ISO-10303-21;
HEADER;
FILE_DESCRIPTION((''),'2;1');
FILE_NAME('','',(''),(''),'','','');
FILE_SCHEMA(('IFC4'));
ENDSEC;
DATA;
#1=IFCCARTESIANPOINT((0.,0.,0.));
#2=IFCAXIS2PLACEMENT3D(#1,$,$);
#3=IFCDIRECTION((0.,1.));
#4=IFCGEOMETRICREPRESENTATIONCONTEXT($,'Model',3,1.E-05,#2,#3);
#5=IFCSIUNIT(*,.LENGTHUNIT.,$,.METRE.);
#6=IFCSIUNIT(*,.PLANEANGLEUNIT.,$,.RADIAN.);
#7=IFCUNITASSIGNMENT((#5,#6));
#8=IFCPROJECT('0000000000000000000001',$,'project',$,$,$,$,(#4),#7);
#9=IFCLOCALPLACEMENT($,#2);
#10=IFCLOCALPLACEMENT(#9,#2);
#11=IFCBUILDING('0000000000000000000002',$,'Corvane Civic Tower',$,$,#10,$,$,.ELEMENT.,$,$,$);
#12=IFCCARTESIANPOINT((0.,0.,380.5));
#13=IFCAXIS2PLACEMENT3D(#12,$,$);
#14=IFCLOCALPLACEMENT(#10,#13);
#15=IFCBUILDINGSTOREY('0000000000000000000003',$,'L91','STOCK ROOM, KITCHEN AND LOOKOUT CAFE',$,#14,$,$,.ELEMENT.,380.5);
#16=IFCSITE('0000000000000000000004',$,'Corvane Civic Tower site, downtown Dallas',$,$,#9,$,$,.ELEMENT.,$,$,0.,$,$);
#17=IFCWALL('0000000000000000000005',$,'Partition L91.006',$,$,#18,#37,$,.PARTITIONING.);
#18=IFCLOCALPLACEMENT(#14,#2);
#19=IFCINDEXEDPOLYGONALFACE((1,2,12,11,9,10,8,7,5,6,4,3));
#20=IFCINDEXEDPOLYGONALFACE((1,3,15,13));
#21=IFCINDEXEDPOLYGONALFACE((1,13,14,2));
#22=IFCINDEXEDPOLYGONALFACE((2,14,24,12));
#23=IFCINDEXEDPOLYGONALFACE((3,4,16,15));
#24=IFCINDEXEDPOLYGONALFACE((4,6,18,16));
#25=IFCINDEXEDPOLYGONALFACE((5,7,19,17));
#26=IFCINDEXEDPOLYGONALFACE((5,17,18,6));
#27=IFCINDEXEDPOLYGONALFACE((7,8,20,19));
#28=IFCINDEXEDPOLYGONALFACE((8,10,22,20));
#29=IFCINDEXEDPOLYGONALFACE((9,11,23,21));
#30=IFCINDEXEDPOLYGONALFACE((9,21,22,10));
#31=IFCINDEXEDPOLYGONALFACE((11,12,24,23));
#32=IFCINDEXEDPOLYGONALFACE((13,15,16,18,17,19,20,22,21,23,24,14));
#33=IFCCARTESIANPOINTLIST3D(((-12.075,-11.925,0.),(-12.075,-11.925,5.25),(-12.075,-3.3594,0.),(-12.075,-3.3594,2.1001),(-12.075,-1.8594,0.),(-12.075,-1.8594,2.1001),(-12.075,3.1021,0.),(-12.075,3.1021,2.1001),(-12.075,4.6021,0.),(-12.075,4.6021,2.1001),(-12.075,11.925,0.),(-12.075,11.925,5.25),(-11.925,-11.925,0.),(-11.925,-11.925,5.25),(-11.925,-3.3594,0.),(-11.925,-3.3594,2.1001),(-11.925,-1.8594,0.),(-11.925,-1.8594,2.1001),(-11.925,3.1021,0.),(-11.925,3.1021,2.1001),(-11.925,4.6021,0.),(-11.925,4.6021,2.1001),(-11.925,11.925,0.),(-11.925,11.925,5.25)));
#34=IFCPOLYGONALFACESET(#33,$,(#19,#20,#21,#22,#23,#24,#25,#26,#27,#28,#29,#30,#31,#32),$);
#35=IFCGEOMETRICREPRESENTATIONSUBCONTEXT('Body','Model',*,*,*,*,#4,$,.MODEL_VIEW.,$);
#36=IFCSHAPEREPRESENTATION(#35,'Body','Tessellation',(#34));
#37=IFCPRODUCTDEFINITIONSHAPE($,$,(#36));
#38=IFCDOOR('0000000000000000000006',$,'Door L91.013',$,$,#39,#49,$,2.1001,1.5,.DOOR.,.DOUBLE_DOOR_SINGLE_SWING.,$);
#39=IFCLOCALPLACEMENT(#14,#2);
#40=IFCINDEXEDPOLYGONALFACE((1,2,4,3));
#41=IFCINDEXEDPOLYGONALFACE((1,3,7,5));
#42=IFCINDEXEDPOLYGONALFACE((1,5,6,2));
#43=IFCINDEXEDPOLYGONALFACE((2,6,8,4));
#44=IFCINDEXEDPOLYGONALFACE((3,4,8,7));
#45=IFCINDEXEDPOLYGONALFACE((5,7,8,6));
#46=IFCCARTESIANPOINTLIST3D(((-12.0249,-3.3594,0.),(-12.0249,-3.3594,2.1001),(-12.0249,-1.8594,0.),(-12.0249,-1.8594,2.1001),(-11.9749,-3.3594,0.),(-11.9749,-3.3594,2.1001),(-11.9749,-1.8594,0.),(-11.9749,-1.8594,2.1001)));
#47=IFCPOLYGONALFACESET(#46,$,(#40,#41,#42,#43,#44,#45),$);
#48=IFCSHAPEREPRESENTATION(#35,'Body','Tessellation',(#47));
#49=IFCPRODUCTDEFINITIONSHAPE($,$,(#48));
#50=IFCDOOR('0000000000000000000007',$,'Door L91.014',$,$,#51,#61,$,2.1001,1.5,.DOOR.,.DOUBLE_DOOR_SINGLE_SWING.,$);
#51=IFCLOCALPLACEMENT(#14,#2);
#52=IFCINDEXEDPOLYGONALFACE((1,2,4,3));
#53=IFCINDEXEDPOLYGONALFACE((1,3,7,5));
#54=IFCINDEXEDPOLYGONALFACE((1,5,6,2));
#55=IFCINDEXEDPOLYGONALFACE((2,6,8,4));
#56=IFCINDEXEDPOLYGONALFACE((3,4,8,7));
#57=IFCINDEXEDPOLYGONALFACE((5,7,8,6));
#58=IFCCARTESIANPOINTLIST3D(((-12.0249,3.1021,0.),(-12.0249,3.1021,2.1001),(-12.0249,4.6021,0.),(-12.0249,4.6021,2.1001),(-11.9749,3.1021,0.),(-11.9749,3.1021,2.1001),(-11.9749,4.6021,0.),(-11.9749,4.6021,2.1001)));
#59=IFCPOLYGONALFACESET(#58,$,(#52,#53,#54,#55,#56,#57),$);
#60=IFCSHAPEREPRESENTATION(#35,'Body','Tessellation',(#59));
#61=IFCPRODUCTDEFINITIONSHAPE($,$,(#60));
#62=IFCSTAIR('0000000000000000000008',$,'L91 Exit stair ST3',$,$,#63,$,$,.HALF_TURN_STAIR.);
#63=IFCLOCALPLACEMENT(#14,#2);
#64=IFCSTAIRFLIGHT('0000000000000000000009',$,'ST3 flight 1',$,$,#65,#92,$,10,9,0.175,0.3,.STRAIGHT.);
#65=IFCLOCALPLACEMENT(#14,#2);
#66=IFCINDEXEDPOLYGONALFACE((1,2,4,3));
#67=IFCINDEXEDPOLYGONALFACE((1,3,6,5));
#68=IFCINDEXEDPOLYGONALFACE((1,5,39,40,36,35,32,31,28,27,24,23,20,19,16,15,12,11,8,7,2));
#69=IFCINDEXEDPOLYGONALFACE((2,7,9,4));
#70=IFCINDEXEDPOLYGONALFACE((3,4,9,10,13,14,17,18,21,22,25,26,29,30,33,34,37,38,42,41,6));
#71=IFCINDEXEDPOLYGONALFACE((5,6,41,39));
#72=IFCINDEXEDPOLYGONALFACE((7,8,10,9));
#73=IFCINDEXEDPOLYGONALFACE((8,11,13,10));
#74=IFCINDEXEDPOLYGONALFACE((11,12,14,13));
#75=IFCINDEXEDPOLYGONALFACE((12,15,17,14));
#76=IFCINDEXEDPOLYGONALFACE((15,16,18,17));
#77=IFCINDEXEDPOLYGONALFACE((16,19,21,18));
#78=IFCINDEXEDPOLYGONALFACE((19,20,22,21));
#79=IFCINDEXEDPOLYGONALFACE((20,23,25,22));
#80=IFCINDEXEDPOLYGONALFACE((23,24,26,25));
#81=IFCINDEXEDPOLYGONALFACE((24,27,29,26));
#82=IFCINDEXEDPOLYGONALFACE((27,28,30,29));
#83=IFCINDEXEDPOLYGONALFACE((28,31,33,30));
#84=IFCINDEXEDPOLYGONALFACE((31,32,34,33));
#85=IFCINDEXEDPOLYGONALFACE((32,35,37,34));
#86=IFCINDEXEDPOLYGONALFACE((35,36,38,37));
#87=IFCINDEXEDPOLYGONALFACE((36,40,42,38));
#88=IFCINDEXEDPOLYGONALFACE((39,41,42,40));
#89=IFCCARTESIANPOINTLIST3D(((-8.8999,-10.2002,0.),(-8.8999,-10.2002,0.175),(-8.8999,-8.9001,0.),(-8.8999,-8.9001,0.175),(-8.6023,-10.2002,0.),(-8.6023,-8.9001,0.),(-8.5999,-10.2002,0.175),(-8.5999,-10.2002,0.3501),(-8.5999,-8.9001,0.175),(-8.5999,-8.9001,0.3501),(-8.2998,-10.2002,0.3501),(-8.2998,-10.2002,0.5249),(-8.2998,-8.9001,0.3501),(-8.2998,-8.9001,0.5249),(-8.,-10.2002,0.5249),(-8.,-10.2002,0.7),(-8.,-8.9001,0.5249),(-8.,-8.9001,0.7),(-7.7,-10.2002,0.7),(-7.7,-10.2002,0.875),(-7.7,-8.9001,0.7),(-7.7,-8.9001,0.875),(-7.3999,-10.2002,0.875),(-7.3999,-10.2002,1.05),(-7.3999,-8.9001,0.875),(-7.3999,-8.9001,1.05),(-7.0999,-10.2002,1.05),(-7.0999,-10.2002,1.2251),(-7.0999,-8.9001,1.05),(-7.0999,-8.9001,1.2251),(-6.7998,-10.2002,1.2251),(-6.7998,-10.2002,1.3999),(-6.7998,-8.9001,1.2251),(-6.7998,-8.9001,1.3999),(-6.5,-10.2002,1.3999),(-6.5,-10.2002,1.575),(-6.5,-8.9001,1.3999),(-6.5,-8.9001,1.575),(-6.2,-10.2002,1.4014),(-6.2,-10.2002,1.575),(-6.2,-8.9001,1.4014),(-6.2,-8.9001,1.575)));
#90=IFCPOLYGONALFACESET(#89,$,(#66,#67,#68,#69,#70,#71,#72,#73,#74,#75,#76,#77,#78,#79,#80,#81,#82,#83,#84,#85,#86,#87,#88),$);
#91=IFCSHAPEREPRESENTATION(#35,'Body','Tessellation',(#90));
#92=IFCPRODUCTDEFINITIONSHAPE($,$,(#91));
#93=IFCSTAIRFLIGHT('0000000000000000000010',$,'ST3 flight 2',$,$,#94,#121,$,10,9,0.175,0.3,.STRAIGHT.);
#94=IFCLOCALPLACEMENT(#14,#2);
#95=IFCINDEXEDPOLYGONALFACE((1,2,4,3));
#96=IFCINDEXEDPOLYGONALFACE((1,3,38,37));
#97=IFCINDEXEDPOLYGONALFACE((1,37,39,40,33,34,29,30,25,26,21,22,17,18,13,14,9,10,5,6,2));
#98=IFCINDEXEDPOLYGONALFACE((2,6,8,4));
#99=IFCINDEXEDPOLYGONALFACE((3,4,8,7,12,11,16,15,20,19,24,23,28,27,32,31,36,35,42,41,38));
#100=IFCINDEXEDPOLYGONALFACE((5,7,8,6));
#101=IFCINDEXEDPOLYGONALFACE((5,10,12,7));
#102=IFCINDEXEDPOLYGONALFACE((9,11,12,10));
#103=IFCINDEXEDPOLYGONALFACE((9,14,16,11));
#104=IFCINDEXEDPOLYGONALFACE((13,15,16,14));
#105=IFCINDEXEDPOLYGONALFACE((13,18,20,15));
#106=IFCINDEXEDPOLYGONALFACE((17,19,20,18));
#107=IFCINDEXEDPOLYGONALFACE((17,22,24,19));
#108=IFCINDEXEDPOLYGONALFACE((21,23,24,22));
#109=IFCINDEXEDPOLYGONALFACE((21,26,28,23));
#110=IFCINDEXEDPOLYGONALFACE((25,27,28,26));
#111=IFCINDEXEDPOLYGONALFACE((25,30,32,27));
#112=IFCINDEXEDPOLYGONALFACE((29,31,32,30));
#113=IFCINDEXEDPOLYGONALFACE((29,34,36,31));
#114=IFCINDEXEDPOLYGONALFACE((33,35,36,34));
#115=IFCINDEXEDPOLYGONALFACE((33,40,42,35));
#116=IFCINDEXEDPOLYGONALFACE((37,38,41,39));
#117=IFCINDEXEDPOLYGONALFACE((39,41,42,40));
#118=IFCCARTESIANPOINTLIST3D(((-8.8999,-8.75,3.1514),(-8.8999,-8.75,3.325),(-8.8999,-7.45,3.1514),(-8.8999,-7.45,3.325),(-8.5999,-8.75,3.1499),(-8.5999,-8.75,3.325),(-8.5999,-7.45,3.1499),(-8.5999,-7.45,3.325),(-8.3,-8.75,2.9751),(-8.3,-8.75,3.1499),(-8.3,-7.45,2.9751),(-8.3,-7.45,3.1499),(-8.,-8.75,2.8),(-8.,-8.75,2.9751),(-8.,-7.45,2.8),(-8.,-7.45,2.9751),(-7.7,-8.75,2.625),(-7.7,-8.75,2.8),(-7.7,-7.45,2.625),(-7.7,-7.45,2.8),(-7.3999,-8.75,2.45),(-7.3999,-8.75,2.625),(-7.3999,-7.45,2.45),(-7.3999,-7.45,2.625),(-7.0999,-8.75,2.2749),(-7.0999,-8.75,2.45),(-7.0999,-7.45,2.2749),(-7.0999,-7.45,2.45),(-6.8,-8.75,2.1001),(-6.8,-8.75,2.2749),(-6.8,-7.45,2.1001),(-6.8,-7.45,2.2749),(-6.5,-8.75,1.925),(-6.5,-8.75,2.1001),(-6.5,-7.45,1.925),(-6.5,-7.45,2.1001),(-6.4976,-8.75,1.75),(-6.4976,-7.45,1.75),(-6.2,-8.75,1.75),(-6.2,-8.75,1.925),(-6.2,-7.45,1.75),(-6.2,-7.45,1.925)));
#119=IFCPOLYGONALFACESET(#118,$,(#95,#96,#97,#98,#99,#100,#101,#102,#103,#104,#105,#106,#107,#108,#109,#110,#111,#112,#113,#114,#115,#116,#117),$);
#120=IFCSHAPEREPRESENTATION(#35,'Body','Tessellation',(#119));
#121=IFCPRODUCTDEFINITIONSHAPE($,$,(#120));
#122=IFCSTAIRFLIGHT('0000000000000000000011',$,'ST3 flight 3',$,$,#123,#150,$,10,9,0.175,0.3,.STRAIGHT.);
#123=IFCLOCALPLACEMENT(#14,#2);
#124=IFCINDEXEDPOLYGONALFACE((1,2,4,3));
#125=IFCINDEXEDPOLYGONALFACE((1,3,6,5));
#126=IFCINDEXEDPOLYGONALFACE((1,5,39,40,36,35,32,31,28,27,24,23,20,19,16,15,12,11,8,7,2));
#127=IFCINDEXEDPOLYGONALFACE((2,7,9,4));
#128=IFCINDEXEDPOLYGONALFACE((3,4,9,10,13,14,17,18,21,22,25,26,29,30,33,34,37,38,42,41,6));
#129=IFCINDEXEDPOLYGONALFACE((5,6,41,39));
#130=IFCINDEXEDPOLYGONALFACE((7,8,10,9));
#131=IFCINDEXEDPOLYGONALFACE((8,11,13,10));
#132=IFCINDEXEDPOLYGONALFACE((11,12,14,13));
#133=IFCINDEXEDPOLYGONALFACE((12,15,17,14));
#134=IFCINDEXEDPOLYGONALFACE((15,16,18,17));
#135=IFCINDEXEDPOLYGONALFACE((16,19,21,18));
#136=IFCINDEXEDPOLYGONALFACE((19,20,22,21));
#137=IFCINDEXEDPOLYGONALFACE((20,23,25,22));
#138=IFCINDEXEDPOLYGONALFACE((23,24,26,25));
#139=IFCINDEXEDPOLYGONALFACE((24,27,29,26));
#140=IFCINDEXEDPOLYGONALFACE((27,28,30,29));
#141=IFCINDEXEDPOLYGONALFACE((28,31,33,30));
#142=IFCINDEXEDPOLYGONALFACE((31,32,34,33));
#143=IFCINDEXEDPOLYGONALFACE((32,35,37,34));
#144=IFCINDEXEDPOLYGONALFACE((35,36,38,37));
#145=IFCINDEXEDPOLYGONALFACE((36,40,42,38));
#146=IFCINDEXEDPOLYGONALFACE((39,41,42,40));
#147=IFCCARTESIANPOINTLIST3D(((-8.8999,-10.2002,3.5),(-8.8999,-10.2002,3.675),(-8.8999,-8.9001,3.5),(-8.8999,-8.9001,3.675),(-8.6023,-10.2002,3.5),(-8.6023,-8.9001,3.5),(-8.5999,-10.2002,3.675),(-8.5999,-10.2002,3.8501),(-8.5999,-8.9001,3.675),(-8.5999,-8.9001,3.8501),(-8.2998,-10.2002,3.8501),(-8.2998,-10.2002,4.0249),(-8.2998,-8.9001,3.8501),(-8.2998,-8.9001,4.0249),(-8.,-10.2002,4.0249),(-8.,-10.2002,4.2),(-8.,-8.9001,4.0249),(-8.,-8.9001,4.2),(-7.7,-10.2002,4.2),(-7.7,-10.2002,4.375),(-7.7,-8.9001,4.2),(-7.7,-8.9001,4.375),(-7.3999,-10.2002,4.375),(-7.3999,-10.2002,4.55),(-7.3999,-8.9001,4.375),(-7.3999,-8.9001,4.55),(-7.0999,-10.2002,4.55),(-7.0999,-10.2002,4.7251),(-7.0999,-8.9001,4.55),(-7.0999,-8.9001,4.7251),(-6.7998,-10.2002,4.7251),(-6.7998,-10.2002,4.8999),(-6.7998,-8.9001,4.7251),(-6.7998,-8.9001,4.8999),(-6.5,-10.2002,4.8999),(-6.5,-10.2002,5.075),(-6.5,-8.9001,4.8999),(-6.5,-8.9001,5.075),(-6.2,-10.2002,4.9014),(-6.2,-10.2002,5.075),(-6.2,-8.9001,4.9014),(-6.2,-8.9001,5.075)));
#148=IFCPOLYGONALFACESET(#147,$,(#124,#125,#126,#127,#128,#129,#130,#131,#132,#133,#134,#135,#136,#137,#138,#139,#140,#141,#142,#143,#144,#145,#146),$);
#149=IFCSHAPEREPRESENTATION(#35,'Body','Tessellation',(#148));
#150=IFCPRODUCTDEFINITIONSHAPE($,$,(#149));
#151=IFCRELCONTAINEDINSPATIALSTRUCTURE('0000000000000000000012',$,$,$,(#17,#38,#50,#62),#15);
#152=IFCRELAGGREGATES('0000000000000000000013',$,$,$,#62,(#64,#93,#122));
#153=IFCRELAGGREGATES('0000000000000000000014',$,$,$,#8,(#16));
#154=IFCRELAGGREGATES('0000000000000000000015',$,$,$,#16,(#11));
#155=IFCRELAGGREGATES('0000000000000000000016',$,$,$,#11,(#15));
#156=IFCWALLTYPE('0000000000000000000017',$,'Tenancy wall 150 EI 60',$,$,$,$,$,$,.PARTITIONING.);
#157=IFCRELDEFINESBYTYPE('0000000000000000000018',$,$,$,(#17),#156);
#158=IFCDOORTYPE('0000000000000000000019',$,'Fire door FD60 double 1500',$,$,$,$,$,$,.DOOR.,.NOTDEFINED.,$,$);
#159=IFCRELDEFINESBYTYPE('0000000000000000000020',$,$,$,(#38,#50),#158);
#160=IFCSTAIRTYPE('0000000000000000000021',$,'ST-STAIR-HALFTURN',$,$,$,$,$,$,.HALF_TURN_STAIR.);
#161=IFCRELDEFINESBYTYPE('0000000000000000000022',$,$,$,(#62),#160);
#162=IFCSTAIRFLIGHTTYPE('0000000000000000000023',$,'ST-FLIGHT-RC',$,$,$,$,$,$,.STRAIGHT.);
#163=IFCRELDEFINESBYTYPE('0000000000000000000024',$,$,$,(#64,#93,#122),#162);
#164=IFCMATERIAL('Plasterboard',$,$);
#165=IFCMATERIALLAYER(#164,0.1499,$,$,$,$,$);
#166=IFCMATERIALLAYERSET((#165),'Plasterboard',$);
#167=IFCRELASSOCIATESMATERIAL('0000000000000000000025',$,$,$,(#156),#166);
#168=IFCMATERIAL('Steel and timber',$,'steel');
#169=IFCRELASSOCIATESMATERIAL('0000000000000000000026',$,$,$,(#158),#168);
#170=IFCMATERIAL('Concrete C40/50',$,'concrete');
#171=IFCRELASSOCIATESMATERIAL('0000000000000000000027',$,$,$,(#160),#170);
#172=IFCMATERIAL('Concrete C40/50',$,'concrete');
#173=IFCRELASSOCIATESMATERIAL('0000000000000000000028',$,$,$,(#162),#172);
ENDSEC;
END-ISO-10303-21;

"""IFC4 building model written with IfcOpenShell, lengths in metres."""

from ifc_helpers import new_model, si_unit, direction, frame, frame_2d, origin, place, context, subcontext, project, spatial, polyline, rectangle, outline, extrude, material, layer, layer_set, type_object, element, fill, aggregate, save


model = new_model("IFC4")

# Units and contexts
model_context = context("Model", 3, precision=1e-05, world=origin(), true_north=direction((0.0, 1.0)))
body_context = subcontext(model_context, "Body", "Model", "MODEL_VIEW")
ifc_project = project(units=[si_unit("LENGTHUNIT", "METRE"), si_unit("PLANEANGLEUNIT", "RADIAN")], contexts=[model_context])

# Site, building, storey
site_placement = place(None, origin())
site = spatial("IfcSite", under=ifc_project, at=site_placement, Name="Corvane Civic Tower site, downtown Dallas", CompositionType="ELEMENT", RefElevation=0.0)
building_placement = place(site_placement, origin())
building = spatial("IfcBuilding", under=site, at=building_placement, Name="Corvane Civic Tower", CompositionType="ELEMENT")
storey_placement = place(building_placement, frame((0.0, 0.0, 380.5)))
storey = spatial("IfcBuildingStorey", under=building, at=storey_placement, Name="L91", Description="STOCK ROOM, KITCHEN AND LOOKOUT CAFE", CompositionType="ELEMENT", Elevation=380.5)

# Wall, openings, doors
ifc_material_1 = material(Name="Plasterboard")
ifc_layer = layer(ifc_material_1, 0.1499)
ifc_layer_set = layer_set([ifc_layer], Name="Plasterboard")
wall_type = type_object("IfcWallType", Name="Tenancy wall 150 EI 60", PredefinedType="PARTITIONING", material=ifc_layer_set)
ifc_material_2 = material(Name="Steel and timber", Category="steel")
door_type_1 = type_object("IfcDoorType", Name="Fire door FD60 double 1500", OperationType="NOTDEFINED", PredefinedType="DOOR", material=ifc_material_2)
wall_1_placement = place(storey_placement, frame((-12.0, -11.925, 0.0), z_axis=(0.0, 0.0, 1.0), x_axis=(0.0, 1.0, 0.0)))
wall_1 = element("IfcWall", 1, at=wall_1_placement, inside=storey, type_object=wall_type, Name="Partition L91.006", PredefinedType="PARTITIONING", context=body_context, shape_type="SweptSolid", body=[
    extrude(rectangle(XDim=23.8501, YDim=0.1499, at=frame_2d((11.925, 0.0))), origin(), (0.0, 0.0, 1.0), 5.25),
])
opening_1_placement = place(wall_1_placement, frame((8.5657, 0.0, 0.0)))
opening_1 = element("IfcOpeningElement", 2, at=opening_1_placement, cuts=wall_1, PredefinedType="OPENING", context=body_context, shape_type="SweptSolid", body=[
    extrude(rectangle(XDim=1.5, YDim=2.1001, at=frame_2d((0.75, 1.05))), frame((0.0, 0.085, 0.0), z_axis=(0.0, -1.0, 0.0), x_axis=(1.0, 0.0, 0.0)), (0.0, 0.0, 1.0), 0.1699),
])
opening_2_placement = place(wall_1_placement, frame((15.0271, 0.0, 0.0)))
opening_2 = element("IfcOpeningElement", 3, at=opening_2_placement, cuts=wall_1, PredefinedType="OPENING", context=body_context, shape_type="SweptSolid", body=[
    extrude(rectangle(XDim=1.5, YDim=2.1001, at=frame_2d((0.75, 1.05))), frame((0.0, 0.085, 0.0), z_axis=(0.0, -1.0, 0.0), x_axis=(1.0, 0.0, 0.0)), (0.0, 0.0, 1.0), 0.1699),
])
door_1_placement = place(opening_1_placement, origin())
door_1 = element("IfcDoor", 4, at=door_1_placement, inside=storey, type_object=door_type_1, Name="Door L91.013", OperationType="DOUBLE_DOOR_SINGLE_SWING", OverallHeight=2.1001, OverallWidth=1.5, PredefinedType="DOOR", context=body_context, shape_type="SweptSolid", body=[
    extrude(rectangle(XDim=1.5, YDim=2.1001, at=frame_2d((0.75, 1.05))), frame((0.0, 0.0249, 0.0), z_axis=(0.0, -1.0, 0.0), x_axis=(1.0, 0.0, 0.0)), (0.0, 0.0, 1.0), 0.05),
])
fill(opening_1, door_1)
door_2_placement = place(opening_2_placement, origin())
door_2 = element("IfcDoor", 5, at=door_2_placement, inside=storey, type_object=door_type_1, Name="Door L91.014", OperationType="DOUBLE_DOOR_SINGLE_SWING", OverallHeight=2.1001, OverallWidth=1.5, PredefinedType="DOOR", context=body_context, shape_type="SweptSolid", body=[
    extrude(rectangle(XDim=1.5, YDim=2.1001, at=frame_2d((0.75, 1.05))), frame((0.0, 0.0249, 0.0), z_axis=(0.0, -1.0, 0.0), x_axis=(1.0, 0.0, 0.0)), (0.0, 0.0, 1.0), 0.05),
])
fill(opening_2, door_2)

# Stair, stair flights
ifc_material_3 = material(Name="Concrete C40/50", Category="concrete")
stair_type = type_object("IfcStairType", Name="ST-STAIR-HALFTURN", PredefinedType="HALF_TURN_STAIR", material=ifc_material_3)
stair_placement = place(storey_placement, origin())
stair = element("IfcStair", 6, at=stair_placement, inside=storey, type_object=stair_type, Name="L91 Exit stair ST3", PredefinedType="HALF_TURN_STAIR")
ifc_material_4 = material(Name="Concrete C40/50", Category="concrete")
stair_flight_type = type_object("IfcStairFlightType", Name="ST-FLIGHT-RC", PredefinedType="STRAIGHT", material=ifc_material_4)
stair_flight_1_placement = place(storey_placement, frame((-8.8999, -9.55, 0.0), z_axis=(0.0, 0.0, 1.0), x_axis=(1.0, 0.0, 0.0)))
stair_flight_1 = element("IfcStairFlight", 7, at=stair_flight_1_placement, type_object=stair_flight_type, Name="ST3 flight 1", NumberOfRisers=10, NumberOfTreads=9, PredefinedType="STRAIGHT", RiserHeight=0.175, TreadLength=0.3, context=body_context, shape_type="SweptSolid", body=[
    extrude(outline(polyline([(0.0, 0.0), (0.0, 0.175), (0.3, 0.175), (0.3, 0.3501), (0.6001, 0.3501), (0.6001, 0.5249), (0.8999, 0.5249), (0.8999, 0.7), (1.2, 0.7), (1.2, 0.875), (1.5, 0.875), (1.5, 1.05), (1.8, 1.05), (1.8, 1.2251), (2.1001, 1.2251), (2.1001, 1.3999), (2.3999, 1.3999), (2.3999, 1.575), (2.7, 1.575), (2.7, 1.75), (2.7, 1.4014), (0.2976, 0.0), (0.0, 0.0)])), frame((0.0, 0.6499, 0.0), z_axis=(0.0, -1.0, 0.0), x_axis=(1.0, 0.0, 0.0)), (0.0, 0.0, 1.0), 1.3),
])
stair_flight_2_placement = place(storey_placement, frame((-6.2, -8.1001, 1.75), z_axis=(0.0, 0.0, 1.0), x_axis=(-1.0, 0.0, 0.0)))
stair_flight_2 = element("IfcStairFlight", 8, at=stair_flight_2_placement, type_object=stair_flight_type, Name="ST3 flight 2", NumberOfRisers=10, NumberOfTreads=9, PredefinedType="STRAIGHT", RiserHeight=0.175, TreadLength=0.3, context=body_context, shape_type="SweptSolid", body=[
    extrude(outline(polyline([(0.0, 0.0), (0.0, 0.175), (0.3, 0.175), (0.3, 0.3501), (0.6001, 0.3501), (0.6001, 0.5249), (0.8999, 0.5249), (0.8999, 0.7), (1.2, 0.7), (1.2, 0.875), (1.5, 0.875), (1.5, 1.05), (1.8, 1.05), (1.8, 1.2251), (2.1001, 1.2251), (2.1001, 1.3999), (2.3999, 1.3999), (2.3999, 1.575), (2.7, 1.575), (2.7, 1.75), (2.7, 1.4014), (0.2976, 0.0), (0.0, 0.0)])), frame((0.0, 0.6499, 0.0), z_axis=(0.0, -1.0, 0.0), x_axis=(1.0, 0.0, 0.0)), (0.0, 0.0, 1.0), 1.3),
])
stair_flight_3_placement = place(storey_placement, frame((-8.8999, -9.55, 3.5), z_axis=(0.0, 0.0, 1.0), x_axis=(1.0, 0.0, 0.0)))
stair_flight_3 = element("IfcStairFlight", 9, at=stair_flight_3_placement, type_object=stair_flight_type, Name="ST3 flight 3", NumberOfRisers=10, NumberOfTreads=9, PredefinedType="STRAIGHT", RiserHeight=0.175, TreadLength=0.3, context=body_context, shape_type="SweptSolid", body=[
    extrude(outline(polyline([(0.0, 0.0), (0.0, 0.175), (0.3, 0.175), (0.3, 0.3501), (0.6001, 0.3501), (0.6001, 0.5249), (0.8999, 0.5249), (0.8999, 0.7), (1.2, 0.7), (1.2, 0.875), (1.5, 0.875), (1.5, 1.05), (1.8, 1.05), (1.8, 1.2251), (2.1001, 1.2251), (2.1001, 1.3999), (2.3999, 1.3999), (2.3999, 1.575), (2.7, 1.575), (2.7, 1.75), (2.7, 1.4014), (0.2976, 0.0), (0.0, 0.0)])), frame((0.0, 0.6499, 0.0), z_axis=(0.0, -1.0, 0.0), x_axis=(1.0, 0.0, 0.0)), (0.0, 0.0, 1.0), 1.3),
])
aggregate(stair, [stair_flight_1, stair_flight_2, stair_flight_3])

save(model, "model.ifc")
